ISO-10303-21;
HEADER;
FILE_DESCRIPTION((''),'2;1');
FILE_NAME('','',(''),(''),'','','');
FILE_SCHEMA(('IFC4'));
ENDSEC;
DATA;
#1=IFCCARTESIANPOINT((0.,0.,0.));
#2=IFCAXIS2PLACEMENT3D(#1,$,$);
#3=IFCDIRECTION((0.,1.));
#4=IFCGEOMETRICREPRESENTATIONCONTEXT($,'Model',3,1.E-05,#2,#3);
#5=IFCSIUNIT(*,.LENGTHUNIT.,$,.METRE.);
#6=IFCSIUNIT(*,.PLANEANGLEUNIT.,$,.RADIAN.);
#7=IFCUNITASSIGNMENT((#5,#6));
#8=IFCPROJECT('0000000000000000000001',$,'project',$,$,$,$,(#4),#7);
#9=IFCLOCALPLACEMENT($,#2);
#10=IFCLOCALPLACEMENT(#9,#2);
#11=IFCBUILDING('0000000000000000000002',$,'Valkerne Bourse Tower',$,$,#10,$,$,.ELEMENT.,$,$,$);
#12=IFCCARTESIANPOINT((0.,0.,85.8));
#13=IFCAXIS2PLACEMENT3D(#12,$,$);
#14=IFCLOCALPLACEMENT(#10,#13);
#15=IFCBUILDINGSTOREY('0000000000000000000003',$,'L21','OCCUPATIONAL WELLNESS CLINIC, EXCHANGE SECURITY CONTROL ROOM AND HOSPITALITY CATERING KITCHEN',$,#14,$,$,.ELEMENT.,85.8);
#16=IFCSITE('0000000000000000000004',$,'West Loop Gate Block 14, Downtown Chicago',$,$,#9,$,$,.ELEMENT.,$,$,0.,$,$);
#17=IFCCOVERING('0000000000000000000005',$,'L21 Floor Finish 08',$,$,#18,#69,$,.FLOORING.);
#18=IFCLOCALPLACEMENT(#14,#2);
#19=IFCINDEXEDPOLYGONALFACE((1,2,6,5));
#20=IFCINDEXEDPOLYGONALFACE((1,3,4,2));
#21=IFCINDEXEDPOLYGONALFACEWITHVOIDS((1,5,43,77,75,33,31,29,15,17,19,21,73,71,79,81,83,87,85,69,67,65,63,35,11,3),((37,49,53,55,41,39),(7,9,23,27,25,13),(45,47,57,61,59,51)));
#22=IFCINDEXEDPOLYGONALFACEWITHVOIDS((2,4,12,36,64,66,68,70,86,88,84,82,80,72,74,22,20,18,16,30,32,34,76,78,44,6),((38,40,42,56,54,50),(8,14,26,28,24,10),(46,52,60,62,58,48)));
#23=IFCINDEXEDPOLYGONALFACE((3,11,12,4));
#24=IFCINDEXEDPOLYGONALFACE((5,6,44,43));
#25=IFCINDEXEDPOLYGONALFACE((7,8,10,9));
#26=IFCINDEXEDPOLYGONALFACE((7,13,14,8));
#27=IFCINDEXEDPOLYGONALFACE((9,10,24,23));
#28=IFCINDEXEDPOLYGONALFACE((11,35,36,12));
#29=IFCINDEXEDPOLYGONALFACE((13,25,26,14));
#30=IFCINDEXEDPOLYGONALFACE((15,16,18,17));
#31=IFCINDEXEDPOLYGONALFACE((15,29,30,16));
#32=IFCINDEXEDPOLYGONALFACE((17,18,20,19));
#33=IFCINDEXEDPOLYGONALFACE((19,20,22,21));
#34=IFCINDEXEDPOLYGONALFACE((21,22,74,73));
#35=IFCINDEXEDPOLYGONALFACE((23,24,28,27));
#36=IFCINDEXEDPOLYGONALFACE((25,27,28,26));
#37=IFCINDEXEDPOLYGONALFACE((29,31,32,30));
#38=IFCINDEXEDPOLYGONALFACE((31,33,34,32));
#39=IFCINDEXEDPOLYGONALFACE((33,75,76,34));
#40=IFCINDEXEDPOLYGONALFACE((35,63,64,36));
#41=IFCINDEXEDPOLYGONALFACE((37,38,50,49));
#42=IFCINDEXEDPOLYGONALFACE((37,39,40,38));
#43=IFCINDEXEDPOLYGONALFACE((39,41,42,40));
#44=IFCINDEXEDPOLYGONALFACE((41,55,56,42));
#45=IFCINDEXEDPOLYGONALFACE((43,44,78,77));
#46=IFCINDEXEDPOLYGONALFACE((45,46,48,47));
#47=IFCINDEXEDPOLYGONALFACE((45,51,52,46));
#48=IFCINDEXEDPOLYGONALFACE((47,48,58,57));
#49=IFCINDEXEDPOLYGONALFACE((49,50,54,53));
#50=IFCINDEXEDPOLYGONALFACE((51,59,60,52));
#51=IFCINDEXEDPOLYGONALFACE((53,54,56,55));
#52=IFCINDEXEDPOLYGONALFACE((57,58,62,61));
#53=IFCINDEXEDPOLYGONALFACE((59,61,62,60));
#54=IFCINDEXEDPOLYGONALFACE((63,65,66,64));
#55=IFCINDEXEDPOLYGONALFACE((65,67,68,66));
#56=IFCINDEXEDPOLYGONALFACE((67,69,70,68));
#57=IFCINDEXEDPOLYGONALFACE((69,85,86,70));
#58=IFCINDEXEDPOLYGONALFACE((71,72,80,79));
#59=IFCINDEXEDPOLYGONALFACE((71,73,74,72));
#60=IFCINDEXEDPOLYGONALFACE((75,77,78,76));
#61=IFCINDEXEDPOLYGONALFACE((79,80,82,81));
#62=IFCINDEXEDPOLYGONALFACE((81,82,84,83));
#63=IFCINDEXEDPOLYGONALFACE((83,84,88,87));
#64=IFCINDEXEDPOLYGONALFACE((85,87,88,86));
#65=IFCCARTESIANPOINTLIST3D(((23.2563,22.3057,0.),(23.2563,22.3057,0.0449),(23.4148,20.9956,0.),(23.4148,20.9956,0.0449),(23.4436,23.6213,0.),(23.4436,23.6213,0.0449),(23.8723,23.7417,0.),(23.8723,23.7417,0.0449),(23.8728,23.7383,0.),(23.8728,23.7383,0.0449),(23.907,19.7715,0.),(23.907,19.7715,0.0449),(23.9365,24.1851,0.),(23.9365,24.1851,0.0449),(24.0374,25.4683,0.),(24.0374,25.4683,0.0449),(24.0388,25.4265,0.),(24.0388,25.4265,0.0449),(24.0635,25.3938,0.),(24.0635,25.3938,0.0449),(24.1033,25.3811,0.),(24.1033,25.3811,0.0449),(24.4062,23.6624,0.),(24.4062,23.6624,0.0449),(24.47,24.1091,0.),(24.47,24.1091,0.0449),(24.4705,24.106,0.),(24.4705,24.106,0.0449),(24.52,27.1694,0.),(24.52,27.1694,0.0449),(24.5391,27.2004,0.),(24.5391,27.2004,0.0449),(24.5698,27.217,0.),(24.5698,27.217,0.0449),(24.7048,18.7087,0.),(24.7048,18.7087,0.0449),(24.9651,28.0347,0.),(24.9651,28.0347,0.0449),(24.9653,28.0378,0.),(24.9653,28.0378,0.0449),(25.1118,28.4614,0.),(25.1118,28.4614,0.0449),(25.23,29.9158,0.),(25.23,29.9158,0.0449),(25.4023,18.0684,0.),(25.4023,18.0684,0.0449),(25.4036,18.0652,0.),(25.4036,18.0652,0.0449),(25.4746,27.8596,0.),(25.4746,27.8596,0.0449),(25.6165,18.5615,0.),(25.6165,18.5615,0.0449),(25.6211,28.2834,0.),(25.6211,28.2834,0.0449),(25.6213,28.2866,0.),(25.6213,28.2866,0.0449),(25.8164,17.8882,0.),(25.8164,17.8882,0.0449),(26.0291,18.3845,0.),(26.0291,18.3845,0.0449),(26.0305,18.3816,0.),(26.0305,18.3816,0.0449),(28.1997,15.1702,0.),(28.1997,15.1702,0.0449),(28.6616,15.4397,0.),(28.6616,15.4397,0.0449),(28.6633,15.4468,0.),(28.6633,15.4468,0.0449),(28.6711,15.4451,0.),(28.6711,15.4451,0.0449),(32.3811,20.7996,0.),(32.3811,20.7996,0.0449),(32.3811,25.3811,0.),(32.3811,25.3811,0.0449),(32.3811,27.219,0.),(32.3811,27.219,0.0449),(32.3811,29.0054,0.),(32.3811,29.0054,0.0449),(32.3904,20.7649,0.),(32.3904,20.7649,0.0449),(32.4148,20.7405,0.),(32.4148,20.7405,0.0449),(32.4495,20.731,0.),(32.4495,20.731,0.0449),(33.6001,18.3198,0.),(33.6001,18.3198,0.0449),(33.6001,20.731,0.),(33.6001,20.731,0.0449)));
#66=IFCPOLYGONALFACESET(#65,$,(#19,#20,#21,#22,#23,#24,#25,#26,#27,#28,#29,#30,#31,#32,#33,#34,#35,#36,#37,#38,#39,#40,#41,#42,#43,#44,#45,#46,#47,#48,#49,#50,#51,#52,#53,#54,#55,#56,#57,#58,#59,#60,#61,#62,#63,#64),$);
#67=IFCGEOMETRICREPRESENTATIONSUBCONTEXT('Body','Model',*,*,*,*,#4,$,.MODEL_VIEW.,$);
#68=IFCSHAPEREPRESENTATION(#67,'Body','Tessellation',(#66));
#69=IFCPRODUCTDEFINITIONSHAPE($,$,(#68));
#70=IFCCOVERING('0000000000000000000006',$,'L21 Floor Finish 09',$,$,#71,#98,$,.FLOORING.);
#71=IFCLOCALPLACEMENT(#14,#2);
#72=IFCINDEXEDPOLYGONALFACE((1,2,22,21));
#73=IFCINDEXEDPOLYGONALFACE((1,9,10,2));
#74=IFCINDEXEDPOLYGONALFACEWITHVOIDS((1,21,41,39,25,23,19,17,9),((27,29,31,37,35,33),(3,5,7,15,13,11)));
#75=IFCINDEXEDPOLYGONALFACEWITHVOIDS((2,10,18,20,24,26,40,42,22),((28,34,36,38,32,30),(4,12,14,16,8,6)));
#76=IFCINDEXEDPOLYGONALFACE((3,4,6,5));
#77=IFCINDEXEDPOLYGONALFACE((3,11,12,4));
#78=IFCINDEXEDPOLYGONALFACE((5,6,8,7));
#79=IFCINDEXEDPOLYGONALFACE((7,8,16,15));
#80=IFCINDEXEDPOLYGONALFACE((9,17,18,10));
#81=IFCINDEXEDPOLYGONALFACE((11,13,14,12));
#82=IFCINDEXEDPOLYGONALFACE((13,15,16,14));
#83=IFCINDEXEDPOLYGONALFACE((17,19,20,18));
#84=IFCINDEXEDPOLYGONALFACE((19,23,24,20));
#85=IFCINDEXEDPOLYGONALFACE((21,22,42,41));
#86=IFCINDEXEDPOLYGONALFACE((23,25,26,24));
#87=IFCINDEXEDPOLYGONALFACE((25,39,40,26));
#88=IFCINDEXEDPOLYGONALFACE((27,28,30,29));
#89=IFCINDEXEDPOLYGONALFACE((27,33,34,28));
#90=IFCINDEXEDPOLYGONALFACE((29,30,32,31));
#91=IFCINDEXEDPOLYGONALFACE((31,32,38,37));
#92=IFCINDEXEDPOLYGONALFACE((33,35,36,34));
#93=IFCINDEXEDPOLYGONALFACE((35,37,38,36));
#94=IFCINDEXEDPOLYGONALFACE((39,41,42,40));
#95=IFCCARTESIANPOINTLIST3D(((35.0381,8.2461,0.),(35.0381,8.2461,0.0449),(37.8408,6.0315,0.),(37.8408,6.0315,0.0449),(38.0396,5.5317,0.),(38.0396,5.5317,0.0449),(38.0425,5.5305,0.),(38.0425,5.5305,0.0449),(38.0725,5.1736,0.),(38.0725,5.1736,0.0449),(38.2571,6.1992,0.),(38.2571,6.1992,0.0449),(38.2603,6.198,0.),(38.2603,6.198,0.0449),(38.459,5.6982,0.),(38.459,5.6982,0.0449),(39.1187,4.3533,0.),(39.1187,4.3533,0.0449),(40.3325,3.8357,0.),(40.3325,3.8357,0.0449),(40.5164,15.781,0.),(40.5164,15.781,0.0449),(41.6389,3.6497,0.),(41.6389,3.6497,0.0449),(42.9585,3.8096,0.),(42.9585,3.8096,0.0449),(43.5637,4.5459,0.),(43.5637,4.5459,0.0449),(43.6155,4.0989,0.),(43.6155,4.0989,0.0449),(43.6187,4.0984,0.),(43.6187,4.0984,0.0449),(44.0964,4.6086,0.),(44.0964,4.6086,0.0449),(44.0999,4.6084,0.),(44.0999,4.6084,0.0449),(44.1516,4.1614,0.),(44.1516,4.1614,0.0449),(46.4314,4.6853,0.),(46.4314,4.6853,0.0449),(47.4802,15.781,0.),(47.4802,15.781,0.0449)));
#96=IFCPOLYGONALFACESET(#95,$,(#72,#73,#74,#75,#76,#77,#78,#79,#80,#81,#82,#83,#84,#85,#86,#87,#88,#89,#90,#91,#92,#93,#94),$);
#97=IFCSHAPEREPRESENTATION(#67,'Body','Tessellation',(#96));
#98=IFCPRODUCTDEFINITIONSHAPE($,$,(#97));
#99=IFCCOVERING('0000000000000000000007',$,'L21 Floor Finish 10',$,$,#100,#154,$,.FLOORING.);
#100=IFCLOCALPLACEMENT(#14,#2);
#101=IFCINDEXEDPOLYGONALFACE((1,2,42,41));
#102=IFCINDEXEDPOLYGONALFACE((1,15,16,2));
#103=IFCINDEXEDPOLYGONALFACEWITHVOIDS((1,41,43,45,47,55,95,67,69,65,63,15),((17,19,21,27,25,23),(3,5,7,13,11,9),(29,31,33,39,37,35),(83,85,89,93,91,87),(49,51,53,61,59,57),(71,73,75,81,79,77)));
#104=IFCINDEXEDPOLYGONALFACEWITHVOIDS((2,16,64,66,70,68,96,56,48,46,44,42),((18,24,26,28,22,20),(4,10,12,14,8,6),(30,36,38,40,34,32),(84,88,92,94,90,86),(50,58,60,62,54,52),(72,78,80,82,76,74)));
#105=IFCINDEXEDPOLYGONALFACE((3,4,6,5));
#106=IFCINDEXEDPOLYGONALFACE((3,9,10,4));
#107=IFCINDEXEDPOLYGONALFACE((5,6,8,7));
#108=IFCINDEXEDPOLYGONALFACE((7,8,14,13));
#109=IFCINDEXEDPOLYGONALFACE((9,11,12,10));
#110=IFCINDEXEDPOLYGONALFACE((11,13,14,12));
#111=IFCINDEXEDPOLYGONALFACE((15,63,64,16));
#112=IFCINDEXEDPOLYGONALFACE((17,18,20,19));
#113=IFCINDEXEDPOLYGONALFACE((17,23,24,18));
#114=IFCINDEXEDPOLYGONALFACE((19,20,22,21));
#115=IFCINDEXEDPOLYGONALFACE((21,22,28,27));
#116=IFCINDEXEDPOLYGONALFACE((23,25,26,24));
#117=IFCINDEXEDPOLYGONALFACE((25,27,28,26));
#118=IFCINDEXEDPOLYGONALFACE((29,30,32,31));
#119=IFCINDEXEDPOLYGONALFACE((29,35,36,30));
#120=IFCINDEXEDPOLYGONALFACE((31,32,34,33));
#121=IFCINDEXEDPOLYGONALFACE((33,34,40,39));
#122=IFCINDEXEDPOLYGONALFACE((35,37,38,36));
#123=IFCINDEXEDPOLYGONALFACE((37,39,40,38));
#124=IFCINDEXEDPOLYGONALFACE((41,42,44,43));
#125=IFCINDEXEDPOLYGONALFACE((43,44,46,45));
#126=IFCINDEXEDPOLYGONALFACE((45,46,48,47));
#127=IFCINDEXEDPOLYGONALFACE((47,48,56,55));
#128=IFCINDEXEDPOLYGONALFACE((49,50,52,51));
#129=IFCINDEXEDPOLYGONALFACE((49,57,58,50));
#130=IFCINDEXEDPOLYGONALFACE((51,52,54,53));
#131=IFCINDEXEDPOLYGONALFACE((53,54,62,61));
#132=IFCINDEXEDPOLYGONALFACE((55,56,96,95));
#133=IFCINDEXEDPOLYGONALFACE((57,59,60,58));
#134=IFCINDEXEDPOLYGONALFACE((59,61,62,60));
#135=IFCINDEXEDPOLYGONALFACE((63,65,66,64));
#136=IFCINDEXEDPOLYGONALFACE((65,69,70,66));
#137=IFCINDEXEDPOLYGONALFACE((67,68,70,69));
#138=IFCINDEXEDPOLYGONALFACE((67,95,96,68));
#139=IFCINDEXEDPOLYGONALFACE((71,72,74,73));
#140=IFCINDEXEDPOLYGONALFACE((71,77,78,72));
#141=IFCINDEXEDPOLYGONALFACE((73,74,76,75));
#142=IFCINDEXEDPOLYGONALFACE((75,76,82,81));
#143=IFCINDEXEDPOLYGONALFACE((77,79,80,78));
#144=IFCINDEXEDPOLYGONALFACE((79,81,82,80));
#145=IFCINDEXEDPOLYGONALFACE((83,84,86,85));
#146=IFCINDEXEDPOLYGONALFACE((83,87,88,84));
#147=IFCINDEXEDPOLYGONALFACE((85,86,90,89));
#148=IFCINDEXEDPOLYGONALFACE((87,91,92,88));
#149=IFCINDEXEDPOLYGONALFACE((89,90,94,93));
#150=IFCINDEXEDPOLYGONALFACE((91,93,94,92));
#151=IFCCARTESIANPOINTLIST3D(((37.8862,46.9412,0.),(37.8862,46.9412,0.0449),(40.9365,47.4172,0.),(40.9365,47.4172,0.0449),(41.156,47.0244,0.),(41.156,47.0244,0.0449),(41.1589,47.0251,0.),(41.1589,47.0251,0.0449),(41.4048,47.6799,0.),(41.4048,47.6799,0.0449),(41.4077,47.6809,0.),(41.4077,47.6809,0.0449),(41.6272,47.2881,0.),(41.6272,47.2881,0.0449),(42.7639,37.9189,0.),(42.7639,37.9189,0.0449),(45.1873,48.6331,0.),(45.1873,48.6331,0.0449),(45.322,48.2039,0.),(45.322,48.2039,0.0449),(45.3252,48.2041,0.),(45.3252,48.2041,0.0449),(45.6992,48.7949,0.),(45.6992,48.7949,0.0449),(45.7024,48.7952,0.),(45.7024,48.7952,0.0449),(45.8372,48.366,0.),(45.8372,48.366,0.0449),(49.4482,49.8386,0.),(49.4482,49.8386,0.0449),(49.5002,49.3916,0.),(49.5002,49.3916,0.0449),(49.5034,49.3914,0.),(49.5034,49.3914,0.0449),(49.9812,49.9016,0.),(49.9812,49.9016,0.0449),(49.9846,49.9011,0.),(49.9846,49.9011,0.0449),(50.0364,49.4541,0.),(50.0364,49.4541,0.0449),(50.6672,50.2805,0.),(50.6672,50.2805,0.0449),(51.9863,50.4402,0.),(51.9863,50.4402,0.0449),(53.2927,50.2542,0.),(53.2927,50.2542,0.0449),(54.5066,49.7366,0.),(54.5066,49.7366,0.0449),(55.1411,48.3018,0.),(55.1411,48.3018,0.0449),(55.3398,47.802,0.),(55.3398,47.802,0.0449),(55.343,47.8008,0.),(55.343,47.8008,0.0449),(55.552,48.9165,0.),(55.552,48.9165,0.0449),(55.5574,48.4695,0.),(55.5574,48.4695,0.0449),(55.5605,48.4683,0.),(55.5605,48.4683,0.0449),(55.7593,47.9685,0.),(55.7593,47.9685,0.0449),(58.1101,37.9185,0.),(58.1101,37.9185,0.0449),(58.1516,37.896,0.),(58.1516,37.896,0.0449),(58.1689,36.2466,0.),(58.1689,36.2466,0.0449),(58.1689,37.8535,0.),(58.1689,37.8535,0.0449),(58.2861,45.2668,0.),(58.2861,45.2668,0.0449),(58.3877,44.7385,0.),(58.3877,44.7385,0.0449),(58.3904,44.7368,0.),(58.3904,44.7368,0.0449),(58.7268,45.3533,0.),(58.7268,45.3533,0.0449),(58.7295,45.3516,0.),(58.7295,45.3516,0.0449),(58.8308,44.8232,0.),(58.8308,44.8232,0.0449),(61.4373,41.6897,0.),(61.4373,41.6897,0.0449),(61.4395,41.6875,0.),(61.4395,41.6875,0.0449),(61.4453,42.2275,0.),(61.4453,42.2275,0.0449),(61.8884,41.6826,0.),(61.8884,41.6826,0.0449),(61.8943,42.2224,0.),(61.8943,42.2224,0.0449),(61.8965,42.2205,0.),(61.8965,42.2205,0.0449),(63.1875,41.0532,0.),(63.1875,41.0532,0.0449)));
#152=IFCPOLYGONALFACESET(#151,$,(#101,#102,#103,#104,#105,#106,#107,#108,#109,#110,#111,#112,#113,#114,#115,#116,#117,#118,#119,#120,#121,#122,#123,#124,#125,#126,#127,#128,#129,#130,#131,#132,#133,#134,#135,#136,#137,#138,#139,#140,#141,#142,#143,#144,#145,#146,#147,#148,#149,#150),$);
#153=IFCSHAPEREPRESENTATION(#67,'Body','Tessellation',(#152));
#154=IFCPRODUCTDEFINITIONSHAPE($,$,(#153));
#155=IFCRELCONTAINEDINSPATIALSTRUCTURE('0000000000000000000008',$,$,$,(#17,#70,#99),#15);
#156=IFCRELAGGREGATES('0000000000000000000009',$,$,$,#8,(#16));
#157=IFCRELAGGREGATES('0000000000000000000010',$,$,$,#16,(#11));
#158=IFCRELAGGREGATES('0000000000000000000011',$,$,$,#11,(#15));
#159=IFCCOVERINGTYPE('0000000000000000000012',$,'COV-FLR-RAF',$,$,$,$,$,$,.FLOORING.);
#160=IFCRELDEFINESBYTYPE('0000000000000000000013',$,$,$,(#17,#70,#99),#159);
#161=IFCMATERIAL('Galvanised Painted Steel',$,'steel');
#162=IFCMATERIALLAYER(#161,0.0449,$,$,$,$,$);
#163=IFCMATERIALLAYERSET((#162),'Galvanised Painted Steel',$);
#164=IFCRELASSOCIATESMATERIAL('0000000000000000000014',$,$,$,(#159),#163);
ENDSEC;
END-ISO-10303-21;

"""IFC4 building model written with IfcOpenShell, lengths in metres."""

from ifc_helpers import new_model, si_unit, direction, frame, origin, place, context, subcontext, project, spatial, polyline, outline, extrude, material, layer, layer_set, type_object, element, save


model = new_model("IFC4")

# Units and contexts
model_context = context("Model", 3, precision=1e-05, world=origin(), true_north=direction((0.0, 1.0)))
body_context = subcontext(model_context, "Body", "Model", "MODEL_VIEW")
ifc_project = project(units=[si_unit("LENGTHUNIT", "METRE"), si_unit("PLANEANGLEUNIT", "RADIAN")], contexts=[model_context])

# Site, building, storey
site_placement = place(None, origin())
site = spatial("IfcSite", under=ifc_project, at=site_placement, Name="West Loop Gate Block 14, Downtown Chicago", CompositionType="ELEMENT", RefElevation=0.0)
building_placement = place(site_placement, origin())
building = spatial("IfcBuilding", under=site, at=building_placement, Name="Valkerne Bourse Tower", CompositionType="ELEMENT")
storey_placement = place(building_placement, frame((0.0, 0.0, 85.8)))
storey = spatial("IfcBuildingStorey", under=building, at=storey_placement, Name="L21", Description="OCCUPATIONAL WELLNESS CLINIC, EXCHANGE SECURITY CONTROL ROOM AND HOSPITALITY CATERING KITCHEN", CompositionType="ELEMENT", Elevation=85.8)

# Coverings
ifc_material_1 = material(Name="Galvanised Painted Steel", Category="steel")
ifc_layer_1 = layer(ifc_material_1, 0.0449)
ifc_layer_set_1 = layer_set([ifc_layer_1], Name="Galvanised Painted Steel")
covering_type_1 = type_object("IfcCoveringType", Name="COV-FLR-RAF", PredefinedType="FLOORING", material=ifc_layer_set_1)
covering_1_placement = place(storey_placement, origin())
element("IfcCovering", 1, at=covering_1_placement, inside=storey, type_object=covering_type_1, Name="L21 Floor Finish 08", PredefinedType="FLOORING", context=body_context, shape_type="SweptSolid", body=[
    extrude(outline(polyline([(23.4148, 20.9956), (23.2563, 22.3057), (23.4436, 23.6213), (25.23, 29.9158), (32.3811, 29.0054), (32.3811, 27.219), (24.5698, 27.217), (24.5391, 27.2004), (24.52, 27.1694), (24.0374, 25.4683), (24.0388, 25.4265), (24.0635, 25.3938), (24.1033, 25.3811), (32.3811, 25.3811), (32.3811, 20.7996), (32.3904, 20.7649), (32.4148, 20.7405), (32.4495, 20.731), (33.6001, 20.731), (33.6001, 18.3198), (28.6711, 15.4451), (28.6633, 15.4468), (28.6616, 15.4397), (28.1997, 15.1702), (24.7048, 18.7087), (23.907, 19.7715), (23.4148, 20.9956)]), holes=[polyline([(26.0305, 18.3816), (26.0291, 18.3845), (25.6165, 18.5615), (25.4023, 18.0684), (25.4036, 18.0652), (25.8164, 17.8882), (26.0305, 18.3816)]), polyline([(24.47, 24.1091), (23.9365, 24.1851), (23.8723, 23.7417), (23.8728, 23.7383), (24.4062, 23.6624), (24.4705, 24.106), (24.47, 24.1091)]), polyline([(25.6213, 28.2866), (25.1118, 28.4614), (24.9653, 28.0378), (24.9651, 28.0347), (25.4746, 27.8596), (25.6211, 28.2834), (25.6213, 28.2866)])]), origin(), (0.0, 0.0, 1.0), 0.0449),
])
covering_2_placement = place(storey_placement, origin())
element("IfcCovering", 2, at=covering_2_placement, inside=storey, type_object=covering_type_1, Name="L21 Floor Finish 09", PredefinedType="FLOORING", context=body_context, shape_type="SweptSolid", body=[
    extrude(outline(polyline([(40.3325, 3.8357), (39.1187, 4.3533), (38.0725, 5.1736), (35.0381, 8.2461), (40.5164, 15.781), (47.4802, 15.781), (46.4314, 4.6853), (42.9585, 3.8096), (41.6389, 3.6497), (40.3325, 3.8357)]), holes=[polyline([(44.1516, 4.1614), (44.0999, 4.6084), (44.0964, 4.6086), (43.5637, 4.5459), (43.6155, 4.0989), (43.6187, 4.0984), (44.1516, 4.1614)]), polyline([(38.2603, 6.198), (38.2571, 6.1992), (37.8408, 6.0315), (38.0396, 5.5317), (38.0425, 5.5305), (38.459, 5.6982), (38.2603, 6.198)])]), origin(), (0.0, 0.0, 1.0), 0.0449),
])
covering_3_placement = place(storey_placement, origin())
element("IfcCovering", 3, at=covering_3_placement, inside=storey, type_object=covering_type_1, Name="L21 Floor Finish 10", PredefinedType="FLOORING", context=body_context, shape_type="SweptSolid", body=[
    extrude(outline(polyline([(53.2927, 50.2542), (54.5066, 49.7366), (55.552, 48.9165), (63.1875, 41.0532), (58.1689, 36.2466), (58.1689, 37.8535), (58.1516, 37.896), (58.1101, 37.9185), (42.7639, 37.9189), (37.8862, 46.9412), (50.6672, 50.2805), (51.9863, 50.4402), (53.2927, 50.2542)]), holes=[polyline([(41.6272, 47.2881), (41.4077, 47.6809), (41.4048, 47.6799), (40.9365, 47.4172), (41.156, 47.0244), (41.1589, 47.0251), (41.6272, 47.2881)]), polyline([(45.8372, 48.366), (45.7024, 48.7952), (45.6992, 48.7949), (45.1873, 48.6331), (45.322, 48.2039), (45.3252, 48.2041), (45.8372, 48.366)]), polyline([(49.9846, 49.9011), (49.9812, 49.9016), (49.4482, 49.8386), (49.5002, 49.3916), (49.5034, 49.3914), (50.0364, 49.4541), (49.9846, 49.9011)]), polyline([(61.8965, 42.2205), (61.8943, 42.2224), (61.4453, 42.2275), (61.4373, 41.6897), (61.4395, 41.6875), (61.8884, 41.6826), (61.8965, 42.2205)]), polyline([(58.7295, 45.3516), (58.7268, 45.3533), (58.2861, 45.2668), (58.3877, 44.7385), (58.3904, 44.7368), (58.8308, 44.8232), (58.7295, 45.3516)]), polyline([(55.7593, 47.9685), (55.5605, 48.4683), (55.5574, 48.4695), (55.1411, 48.3018), (55.3398, 47.802), (55.343, 47.8008), (55.7593, 47.9685)])]), origin(), (0.0, 0.0, 1.0), 0.0449),
])

save(model, "model.ifc")
